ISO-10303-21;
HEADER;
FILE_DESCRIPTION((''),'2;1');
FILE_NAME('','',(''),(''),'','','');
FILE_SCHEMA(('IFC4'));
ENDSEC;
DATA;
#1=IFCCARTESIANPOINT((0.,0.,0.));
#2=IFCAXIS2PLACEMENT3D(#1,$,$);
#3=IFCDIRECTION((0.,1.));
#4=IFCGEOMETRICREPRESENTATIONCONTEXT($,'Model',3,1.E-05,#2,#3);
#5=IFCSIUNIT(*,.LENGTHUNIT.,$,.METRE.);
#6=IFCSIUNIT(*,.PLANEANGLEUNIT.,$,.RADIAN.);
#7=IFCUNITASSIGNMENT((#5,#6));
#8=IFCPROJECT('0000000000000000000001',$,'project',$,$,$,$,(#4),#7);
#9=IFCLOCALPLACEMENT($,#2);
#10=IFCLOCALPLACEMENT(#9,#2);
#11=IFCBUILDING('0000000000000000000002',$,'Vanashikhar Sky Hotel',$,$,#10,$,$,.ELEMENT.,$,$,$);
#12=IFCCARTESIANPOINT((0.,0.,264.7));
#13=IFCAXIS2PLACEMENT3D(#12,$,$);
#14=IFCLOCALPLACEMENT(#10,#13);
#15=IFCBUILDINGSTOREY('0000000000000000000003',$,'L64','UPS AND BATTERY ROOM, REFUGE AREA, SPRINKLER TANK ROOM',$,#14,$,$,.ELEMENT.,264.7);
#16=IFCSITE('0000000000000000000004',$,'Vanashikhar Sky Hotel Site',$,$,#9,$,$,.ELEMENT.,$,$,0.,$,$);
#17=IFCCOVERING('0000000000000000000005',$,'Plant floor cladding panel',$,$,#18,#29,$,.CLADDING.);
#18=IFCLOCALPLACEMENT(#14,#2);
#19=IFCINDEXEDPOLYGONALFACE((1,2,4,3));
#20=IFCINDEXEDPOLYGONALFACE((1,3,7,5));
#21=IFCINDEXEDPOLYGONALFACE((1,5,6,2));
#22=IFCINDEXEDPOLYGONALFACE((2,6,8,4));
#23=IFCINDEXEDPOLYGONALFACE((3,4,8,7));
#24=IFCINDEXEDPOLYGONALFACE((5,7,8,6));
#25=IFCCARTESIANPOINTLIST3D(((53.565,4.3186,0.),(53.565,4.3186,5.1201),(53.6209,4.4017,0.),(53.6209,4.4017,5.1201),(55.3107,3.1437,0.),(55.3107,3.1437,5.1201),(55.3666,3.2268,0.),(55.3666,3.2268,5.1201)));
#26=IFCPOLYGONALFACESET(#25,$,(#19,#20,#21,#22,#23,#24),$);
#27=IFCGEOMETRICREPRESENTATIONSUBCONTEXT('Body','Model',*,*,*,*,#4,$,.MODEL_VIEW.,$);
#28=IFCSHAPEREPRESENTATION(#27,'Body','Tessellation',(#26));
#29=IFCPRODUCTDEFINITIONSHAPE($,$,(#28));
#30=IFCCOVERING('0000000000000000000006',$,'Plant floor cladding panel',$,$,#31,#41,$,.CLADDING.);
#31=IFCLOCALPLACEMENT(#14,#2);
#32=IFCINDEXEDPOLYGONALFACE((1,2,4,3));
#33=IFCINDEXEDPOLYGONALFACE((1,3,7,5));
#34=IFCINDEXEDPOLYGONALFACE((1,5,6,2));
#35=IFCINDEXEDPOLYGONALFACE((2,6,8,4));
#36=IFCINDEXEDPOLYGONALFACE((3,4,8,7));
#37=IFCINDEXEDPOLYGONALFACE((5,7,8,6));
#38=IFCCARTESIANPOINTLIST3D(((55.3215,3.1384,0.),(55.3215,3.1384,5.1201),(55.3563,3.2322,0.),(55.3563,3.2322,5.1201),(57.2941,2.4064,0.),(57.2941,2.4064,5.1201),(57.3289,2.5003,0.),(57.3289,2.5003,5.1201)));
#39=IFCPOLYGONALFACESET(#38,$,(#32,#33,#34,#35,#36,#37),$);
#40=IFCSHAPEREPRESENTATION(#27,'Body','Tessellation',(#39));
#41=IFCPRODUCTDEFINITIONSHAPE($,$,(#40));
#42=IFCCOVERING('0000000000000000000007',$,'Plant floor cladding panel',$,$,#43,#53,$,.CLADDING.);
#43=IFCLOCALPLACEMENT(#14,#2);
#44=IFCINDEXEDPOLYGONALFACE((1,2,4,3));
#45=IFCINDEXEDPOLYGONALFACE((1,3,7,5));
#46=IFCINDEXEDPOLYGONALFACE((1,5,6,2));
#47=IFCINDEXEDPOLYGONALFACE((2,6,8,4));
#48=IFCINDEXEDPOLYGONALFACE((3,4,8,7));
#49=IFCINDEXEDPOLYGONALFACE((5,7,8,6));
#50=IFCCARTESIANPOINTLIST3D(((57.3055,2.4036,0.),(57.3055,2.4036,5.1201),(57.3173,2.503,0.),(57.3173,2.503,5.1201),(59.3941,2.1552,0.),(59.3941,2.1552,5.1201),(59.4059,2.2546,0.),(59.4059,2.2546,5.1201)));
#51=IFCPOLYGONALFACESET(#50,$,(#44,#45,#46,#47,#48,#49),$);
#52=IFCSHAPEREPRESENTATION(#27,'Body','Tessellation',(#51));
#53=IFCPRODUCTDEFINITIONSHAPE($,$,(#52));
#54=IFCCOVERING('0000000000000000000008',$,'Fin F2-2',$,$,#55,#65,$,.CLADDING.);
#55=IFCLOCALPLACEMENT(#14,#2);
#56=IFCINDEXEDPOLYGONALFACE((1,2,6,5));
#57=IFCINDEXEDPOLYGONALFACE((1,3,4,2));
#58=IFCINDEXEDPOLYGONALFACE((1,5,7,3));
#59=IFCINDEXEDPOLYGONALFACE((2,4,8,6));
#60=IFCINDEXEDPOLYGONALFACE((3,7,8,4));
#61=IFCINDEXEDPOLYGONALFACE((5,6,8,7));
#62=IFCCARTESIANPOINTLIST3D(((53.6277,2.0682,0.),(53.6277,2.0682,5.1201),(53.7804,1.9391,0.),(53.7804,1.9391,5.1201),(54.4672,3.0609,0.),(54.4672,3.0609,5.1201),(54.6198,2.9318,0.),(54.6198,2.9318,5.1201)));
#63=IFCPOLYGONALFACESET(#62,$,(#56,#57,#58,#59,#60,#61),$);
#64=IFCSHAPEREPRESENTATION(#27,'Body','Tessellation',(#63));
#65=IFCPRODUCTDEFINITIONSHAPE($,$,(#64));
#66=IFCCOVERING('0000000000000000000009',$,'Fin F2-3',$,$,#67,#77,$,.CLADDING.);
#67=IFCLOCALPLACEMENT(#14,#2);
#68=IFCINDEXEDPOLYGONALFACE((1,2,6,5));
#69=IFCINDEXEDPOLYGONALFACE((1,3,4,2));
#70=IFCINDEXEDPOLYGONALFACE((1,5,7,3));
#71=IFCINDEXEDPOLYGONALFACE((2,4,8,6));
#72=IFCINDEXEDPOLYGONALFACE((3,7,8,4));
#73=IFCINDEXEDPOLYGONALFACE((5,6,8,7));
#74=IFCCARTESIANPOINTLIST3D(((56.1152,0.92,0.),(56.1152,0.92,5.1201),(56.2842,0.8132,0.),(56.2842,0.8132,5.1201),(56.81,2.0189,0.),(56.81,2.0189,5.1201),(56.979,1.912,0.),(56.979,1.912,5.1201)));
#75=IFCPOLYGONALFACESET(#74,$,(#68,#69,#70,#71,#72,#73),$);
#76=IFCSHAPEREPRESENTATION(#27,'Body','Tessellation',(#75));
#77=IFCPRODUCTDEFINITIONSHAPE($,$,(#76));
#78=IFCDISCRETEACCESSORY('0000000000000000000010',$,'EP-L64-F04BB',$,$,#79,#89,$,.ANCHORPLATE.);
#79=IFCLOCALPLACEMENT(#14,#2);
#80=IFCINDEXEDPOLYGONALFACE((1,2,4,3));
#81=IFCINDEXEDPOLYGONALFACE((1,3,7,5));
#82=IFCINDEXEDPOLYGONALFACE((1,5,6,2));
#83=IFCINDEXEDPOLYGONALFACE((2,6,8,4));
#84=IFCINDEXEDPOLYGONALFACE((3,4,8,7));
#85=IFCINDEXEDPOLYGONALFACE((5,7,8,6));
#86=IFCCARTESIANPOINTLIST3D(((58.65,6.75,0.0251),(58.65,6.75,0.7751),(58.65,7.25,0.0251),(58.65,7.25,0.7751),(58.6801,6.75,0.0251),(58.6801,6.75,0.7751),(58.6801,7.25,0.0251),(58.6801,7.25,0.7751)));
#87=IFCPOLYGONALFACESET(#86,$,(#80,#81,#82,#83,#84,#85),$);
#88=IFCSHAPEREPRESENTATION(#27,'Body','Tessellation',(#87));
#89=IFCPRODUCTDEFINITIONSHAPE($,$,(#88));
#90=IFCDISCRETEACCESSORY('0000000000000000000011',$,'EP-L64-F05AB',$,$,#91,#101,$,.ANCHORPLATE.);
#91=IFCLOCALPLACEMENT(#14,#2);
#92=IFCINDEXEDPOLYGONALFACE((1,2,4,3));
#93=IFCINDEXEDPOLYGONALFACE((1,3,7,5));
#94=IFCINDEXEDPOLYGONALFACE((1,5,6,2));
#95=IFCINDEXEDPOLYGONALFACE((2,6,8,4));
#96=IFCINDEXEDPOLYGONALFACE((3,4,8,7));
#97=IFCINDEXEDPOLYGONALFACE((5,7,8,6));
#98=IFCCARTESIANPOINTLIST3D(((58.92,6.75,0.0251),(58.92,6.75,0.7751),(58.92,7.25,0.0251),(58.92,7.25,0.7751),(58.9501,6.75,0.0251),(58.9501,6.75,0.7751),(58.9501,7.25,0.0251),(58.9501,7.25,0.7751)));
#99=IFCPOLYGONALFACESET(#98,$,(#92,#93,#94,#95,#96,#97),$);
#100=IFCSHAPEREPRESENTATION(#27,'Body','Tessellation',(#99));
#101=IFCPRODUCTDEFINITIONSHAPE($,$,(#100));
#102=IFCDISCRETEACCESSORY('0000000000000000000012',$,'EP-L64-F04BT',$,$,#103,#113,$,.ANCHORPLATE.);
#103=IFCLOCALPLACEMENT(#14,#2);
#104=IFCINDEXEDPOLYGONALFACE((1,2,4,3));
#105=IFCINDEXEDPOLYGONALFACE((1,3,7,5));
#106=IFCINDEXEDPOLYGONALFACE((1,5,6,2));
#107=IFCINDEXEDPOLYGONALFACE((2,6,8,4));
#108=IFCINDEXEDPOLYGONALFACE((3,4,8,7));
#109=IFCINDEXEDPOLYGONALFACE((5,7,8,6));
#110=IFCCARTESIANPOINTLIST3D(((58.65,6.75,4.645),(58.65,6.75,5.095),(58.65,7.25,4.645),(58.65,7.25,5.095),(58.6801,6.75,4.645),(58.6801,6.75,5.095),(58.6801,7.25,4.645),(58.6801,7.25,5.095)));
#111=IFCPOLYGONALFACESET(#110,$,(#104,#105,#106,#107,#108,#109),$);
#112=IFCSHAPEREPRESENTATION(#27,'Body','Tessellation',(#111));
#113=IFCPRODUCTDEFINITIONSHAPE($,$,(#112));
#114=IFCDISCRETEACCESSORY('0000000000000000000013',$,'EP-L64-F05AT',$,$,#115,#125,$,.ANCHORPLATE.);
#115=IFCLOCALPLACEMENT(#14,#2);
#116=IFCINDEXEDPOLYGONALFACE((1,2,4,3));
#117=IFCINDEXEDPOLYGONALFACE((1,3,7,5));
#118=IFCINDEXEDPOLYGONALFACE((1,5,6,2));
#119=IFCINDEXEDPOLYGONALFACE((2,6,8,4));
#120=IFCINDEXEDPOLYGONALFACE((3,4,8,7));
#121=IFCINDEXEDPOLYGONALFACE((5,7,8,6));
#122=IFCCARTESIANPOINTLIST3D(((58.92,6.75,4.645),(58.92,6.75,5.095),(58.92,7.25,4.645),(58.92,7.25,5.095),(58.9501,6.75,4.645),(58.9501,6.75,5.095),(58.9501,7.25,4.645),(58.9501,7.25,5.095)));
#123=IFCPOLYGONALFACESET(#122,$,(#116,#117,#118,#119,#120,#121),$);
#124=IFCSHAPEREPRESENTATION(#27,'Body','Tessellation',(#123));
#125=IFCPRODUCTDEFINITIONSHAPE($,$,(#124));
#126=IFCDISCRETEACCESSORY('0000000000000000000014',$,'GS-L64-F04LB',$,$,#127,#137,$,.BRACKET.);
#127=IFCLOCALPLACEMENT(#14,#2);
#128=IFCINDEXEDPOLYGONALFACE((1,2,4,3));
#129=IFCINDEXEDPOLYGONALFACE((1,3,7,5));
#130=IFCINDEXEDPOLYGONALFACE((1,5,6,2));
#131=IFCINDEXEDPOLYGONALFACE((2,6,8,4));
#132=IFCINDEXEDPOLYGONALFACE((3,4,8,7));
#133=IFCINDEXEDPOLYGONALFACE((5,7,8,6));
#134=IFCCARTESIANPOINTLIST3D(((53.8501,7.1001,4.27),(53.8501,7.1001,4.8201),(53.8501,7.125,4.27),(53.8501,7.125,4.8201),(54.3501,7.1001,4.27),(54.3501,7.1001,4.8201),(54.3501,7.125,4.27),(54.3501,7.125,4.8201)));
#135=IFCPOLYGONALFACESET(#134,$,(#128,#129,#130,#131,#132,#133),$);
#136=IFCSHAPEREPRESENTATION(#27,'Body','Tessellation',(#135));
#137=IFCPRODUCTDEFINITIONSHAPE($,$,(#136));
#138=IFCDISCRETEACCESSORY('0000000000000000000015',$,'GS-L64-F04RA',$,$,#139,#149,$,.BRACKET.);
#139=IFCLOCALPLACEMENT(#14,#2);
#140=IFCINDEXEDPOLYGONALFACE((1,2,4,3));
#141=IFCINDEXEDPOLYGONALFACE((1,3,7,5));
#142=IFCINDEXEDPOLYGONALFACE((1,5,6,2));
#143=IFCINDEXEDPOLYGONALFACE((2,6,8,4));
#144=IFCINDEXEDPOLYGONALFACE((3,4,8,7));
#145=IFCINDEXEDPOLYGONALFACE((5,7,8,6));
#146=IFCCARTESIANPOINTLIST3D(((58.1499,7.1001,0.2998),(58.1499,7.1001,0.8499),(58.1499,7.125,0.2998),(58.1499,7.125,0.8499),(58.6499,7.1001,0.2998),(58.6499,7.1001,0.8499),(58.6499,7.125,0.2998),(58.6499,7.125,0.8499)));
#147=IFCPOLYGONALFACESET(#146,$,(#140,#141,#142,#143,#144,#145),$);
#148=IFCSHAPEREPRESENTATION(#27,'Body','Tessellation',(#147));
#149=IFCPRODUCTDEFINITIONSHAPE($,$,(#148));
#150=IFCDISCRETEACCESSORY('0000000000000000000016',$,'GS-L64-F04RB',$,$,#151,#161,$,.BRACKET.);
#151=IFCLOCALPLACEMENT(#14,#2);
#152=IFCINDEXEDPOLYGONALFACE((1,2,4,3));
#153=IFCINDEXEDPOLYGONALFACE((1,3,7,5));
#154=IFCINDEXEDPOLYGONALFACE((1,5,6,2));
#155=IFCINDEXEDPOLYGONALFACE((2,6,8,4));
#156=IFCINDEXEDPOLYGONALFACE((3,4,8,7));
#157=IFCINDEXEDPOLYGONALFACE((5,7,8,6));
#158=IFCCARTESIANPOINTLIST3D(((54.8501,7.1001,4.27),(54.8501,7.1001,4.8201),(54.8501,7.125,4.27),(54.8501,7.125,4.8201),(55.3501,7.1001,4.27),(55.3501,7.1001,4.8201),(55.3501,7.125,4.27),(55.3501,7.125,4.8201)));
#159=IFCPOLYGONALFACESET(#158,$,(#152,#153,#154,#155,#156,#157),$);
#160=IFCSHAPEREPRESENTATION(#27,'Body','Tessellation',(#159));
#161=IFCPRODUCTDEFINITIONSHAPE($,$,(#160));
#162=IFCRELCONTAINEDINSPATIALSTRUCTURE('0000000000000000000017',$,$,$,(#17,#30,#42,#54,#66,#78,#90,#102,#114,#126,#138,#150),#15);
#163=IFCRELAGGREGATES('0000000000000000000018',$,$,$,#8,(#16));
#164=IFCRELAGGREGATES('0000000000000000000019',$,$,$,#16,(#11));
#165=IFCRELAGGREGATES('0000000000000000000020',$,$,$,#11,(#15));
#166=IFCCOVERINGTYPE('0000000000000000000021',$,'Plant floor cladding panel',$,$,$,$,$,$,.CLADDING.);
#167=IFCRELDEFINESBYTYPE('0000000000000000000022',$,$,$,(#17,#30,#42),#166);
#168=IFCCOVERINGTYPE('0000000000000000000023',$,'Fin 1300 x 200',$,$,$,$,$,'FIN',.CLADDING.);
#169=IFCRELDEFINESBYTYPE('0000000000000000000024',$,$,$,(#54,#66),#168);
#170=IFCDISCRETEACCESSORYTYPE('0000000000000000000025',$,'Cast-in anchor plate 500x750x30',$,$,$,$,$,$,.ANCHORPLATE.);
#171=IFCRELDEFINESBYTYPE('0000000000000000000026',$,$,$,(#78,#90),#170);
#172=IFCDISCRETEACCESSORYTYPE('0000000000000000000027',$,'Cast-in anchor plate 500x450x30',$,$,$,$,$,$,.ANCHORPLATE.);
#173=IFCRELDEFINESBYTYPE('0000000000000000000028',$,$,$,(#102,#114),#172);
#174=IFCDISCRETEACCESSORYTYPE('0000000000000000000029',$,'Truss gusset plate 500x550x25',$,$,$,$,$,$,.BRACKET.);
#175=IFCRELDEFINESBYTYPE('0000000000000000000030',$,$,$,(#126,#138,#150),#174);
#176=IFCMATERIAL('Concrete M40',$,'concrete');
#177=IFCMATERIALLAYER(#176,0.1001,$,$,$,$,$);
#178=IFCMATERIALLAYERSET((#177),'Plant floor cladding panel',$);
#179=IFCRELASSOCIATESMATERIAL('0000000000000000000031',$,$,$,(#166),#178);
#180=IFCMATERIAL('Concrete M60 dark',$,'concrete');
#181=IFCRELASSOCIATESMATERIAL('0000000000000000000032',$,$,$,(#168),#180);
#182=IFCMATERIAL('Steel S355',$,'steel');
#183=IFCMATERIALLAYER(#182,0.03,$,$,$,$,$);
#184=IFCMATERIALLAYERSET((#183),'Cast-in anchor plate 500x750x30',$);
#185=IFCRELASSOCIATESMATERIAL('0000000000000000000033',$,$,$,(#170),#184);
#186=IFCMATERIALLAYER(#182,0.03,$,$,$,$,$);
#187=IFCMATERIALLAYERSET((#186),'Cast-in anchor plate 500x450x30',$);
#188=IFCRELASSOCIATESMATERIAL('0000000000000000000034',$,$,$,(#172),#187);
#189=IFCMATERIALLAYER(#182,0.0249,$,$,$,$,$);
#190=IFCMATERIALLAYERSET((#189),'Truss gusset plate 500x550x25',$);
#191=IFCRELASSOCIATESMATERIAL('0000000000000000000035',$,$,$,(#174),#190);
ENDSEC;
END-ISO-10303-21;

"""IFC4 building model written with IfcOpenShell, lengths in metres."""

from ifc_helpers import new_model, si_unit, direction, frame, origin, origin_2d, place, context, subcontext, project, spatial, rectangle, extrude, source, transform, mapped, material, layer, layer_set, material_profile, profile_set, type_object, element, save


model = new_model("IFC4")

# Units and contexts
model_context = context("Model", 3, precision=1e-05, world=origin(), true_north=direction((0.0, 1.0)))
body_context = subcontext(model_context, "Body", "Model", "MODEL_VIEW")
ifc_project = project(units=[si_unit("LENGTHUNIT", "METRE"), si_unit("PLANEANGLEUNIT", "RADIAN")], contexts=[model_context])

# Site, building, storey
site_placement = place(None, origin())
site = spatial("IfcSite", under=ifc_project, at=site_placement, Name="Vanashikhar Sky Hotel Site", CompositionType="ELEMENT", RefElevation=0.0)
building_placement = place(site_placement, origin())
building = spatial("IfcBuilding", under=site, at=building_placement, Name="Vanashikhar Sky Hotel", CompositionType="ELEMENT")
storey_placement = place(building_placement, frame((0.0, 0.0, 264.7)))
storey = spatial("IfcBuildingStorey", under=building, at=storey_placement, Name="L64", Description="UPS AND BATTERY ROOM, REFUGE AREA, SPRINKLER TANK ROOM", CompositionType="ELEMENT", Elevation=264.7)

# Shared definitions
ifc_material_1 = material(Name="Steel S355", Category="steel")

# Coverings
ifc_material_2 = material(Name="Concrete M40", Category="concrete")
ifc_layer_1 = layer(ifc_material_2, 0.1001)
ifc_layer_set_1 = layer_set([ifc_layer_1], Name="Plant floor cladding panel")
covering_type_1 = type_object("IfcCoveringType", Name="Plant floor cladding panel", PredefinedType="CLADDING", material=ifc_layer_set_1)
shared_shape_1 = source(origin(), body_context, "Body", "SweptSolid", [
    extrude(rectangle(XDim=2.1042, YDim=0.1001, at=origin_2d()), origin(), (0.0, 0.0, 1.0), 5.1201),
])
covering_1_placement = place(storey_placement, frame((54.4658, 3.7727, 0.0), z_axis=(0.0, 0.0, 1.0), x_axis=(0.829603, -0.558353, 0.0)))
element("IfcCovering", 1, at=covering_1_placement, inside=storey, type_object=covering_type_1, Name="Plant floor cladding panel", PredefinedType="CLADDING", context=body_context, shape_type="MappedRepresentation", body=[
    mapped(shared_shape_1, transform((0.0, 0.0, 0.0), scale=1.0)),
])
shared_shape_2 = source(origin(), body_context, "Body", "SweptSolid", [
    extrude(rectangle(XDim=2.104, YDim=0.1001, at=origin_2d()), origin(), (0.0, 0.0, 1.0), 5.1201),
])
covering_2_placement = place(storey_placement, frame((56.3252, 2.8193, 0.0), z_axis=(0.0, 0.0, 1.0), x_axis=(0.937537, -0.347885, 0.0)))
element("IfcCovering", 2, at=covering_2_placement, inside=storey, type_object=covering_type_1, Name="Plant floor cladding panel", PredefinedType="CLADDING", context=body_context, shape_type="MappedRepresentation", body=[
    mapped(shared_shape_2, transform((0.0, 0.0, 0.0), scale=1.0)),
])
shared_shape_3 = source(origin(), body_context, "Body", "SweptSolid", [
    extrude(rectangle(XDim=2.1033, YDim=0.1001, at=origin_2d()), origin(), (0.0, 0.0, 1.0), 5.1201),
])
covering_3_placement = place(storey_placement, frame((58.3557, 2.3291, 0.0), z_axis=(0.0, 0.0, 1.0), x_axis=(0.993003, -0.118092, 0.0)))
element("IfcCovering", 3, at=covering_3_placement, inside=storey, type_object=covering_type_1, Name="Plant floor cladding panel", PredefinedType="CLADDING", context=body_context, shape_type="MappedRepresentation", body=[
    mapped(shared_shape_3, transform((0.0, 0.0, 0.0), scale=1.0)),
])
ifc_material_3 = material(Name="Concrete M60 dark", Category="concrete")
ifc_material_profile_1 = material_profile(ifc_material_3, rectangle(XDim=1.3, YDim=0.2, at=origin_2d()))
ifc_profile_set_1 = profile_set([ifc_material_profile_1], Name="Fin 1300 x 200")
covering_type_2 = type_object("IfcCoveringType", Name="Fin 1300 x 200", ElementType="FIN", PredefinedType="CLADDING", material=ifc_profile_set_1)
shared_shape_4 = source(origin(), body_context, "Body", "SweptSolid", [
    extrude(rectangle(XDim=1.3, YDim=0.2, at=origin_2d()), origin(), (0.0, 0.0, 1.0), 5.1201),
])
for number, where, z_axis, x_axis, name in (
    (4, (54.1238, 2.5, 0.0), (0.0, 0.0, 1.0), (-0.645698, -0.763593, 0.0), "Fin F2-2"),
    (5, (56.5471, 1.416, 0.0), (0.0, 0.0, 1.0), (-0.534411, -0.845225, 0.0), "Fin F2-3"),
):
    element("IfcCovering", number, at=place(storey_placement, frame(where, z_axis=z_axis, x_axis=x_axis)), inside=storey, type_object=covering_type_2, Name=name, PredefinedType="CLADDING", context=body_context, shape_type="MappedRepresentation", body=[
        mapped(shared_shape_4, transform((0.0, 0.0, 0.0), scale=1.0)),
    ])

# Discrete accessories
ifc_layer_2 = layer(ifc_material_1, 0.03)
ifc_layer_set_2 = layer_set([ifc_layer_2], Name="Cast-in anchor plate 500x750x30")
discrete_accessory_type_1 = type_object("IfcDiscreteAccessoryType", Name="Cast-in anchor plate 500x750x30", PredefinedType="ANCHORPLATE", material=ifc_layer_set_2)
shared_shape_5 = source(origin(), body_context, "Body", "SweptSolid", [
    extrude(rectangle(XDim=0.03, YDim=0.5, at=origin_2d()), origin(), (0.0, 0.0, 1.0), 0.75),
])
for number, where, z_axis, x_axis, name in (
    (6, (58.665, 7.0, 0.0251), (0.0, 0.0, 1.0), (1.0, 0.0, 0.0), "EP-L64-F04BB"),
    (7, (58.9351, 7.0, 0.0251), (0.0, 0.0, 1.0), (1.0, 0.0, 0.0), "EP-L64-F05AB"),
):
    element("IfcDiscreteAccessory", number, at=place(storey_placement, frame(where, z_axis=z_axis, x_axis=x_axis)), inside=storey, type_object=discrete_accessory_type_1, Name=name, PredefinedType="ANCHORPLATE", context=body_context, shape_type="MappedRepresentation", body=[
        mapped(shared_shape_5, transform((0.0, 0.0, 0.0), scale=1.0)),
    ])
ifc_layer_3 = layer(ifc_material_1, 0.03)
ifc_layer_set_3 = layer_set([ifc_layer_3], Name="Cast-in anchor plate 500x450x30")
discrete_accessory_type_2 = type_object("IfcDiscreteAccessoryType", Name="Cast-in anchor plate 500x450x30", PredefinedType="ANCHORPLATE", material=ifc_layer_set_3)
shared_shape_6 = source(origin(), body_context, "Body", "SweptSolid", [
    extrude(rectangle(XDim=0.03, YDim=0.5, at=origin_2d()), origin(), (0.0, 0.0, 1.0), 0.45),
])
for number, where, z_axis, x_axis, name in (
    (8, (58.665, 7.0, 4.645), (0.0, 0.0, 1.0), (1.0, 0.0, 0.0), "EP-L64-F04BT"),
    (9, (58.9351, 7.0, 4.645), (0.0, 0.0, 1.0), (1.0, 0.0, 0.0), "EP-L64-F05AT"),
):
    element("IfcDiscreteAccessory", number, at=place(storey_placement, frame(where, z_axis=z_axis, x_axis=x_axis)), inside=storey, type_object=discrete_accessory_type_2, Name=name, PredefinedType="ANCHORPLATE", context=body_context, shape_type="MappedRepresentation", body=[
        mapped(shared_shape_6, transform((0.0, 0.0, 0.0), scale=1.0)),
    ])
ifc_layer_4 = layer(ifc_material_1, 0.0249)
ifc_layer_set_4 = layer_set([ifc_layer_4], Name="Truss gusset plate 500x550x25")
discrete_accessory_type_3 = type_object("IfcDiscreteAccessoryType", Name="Truss gusset plate 500x550x25", PredefinedType="BRACKET", material=ifc_layer_set_4)
shared_shape_7 = source(origin(), body_context, "Body", "SweptSolid", [
    extrude(rectangle(XDim=0.5, YDim=0.0249, at=origin_2d()), origin(), (0.0, 0.0, 1.0), 0.55),
])
for number, where, z_axis, x_axis, name in (
    (10, (54.1001, 7.1125, 4.27), (0.0, 0.0, 1.0), (1.0, 0.0, 0.0), "GS-L64-F04LB"),
    (11, (58.3999, 7.1125, 0.2998), (0.0, 0.0, 1.0), (1.0, 0.0, 0.0), "GS-L64-F04RA"),
    (12, (55.1001, 7.1125, 4.27), (0.0, 0.0, 1.0), (1.0, 0.0, 0.0), "GS-L64-F04RB"),
):
    element("IfcDiscreteAccessory", number, at=place(storey_placement, frame(where, z_axis=z_axis, x_axis=x_axis)), inside=storey, type_object=discrete_accessory_type_3, Name=name, PredefinedType="BRACKET", context=body_context, shape_type="MappedRepresentation", body=[
        mapped(shared_shape_7, transform((0.0, 0.0, 0.0), scale=1.0)),
    ])

save(model, "model.ifc")
